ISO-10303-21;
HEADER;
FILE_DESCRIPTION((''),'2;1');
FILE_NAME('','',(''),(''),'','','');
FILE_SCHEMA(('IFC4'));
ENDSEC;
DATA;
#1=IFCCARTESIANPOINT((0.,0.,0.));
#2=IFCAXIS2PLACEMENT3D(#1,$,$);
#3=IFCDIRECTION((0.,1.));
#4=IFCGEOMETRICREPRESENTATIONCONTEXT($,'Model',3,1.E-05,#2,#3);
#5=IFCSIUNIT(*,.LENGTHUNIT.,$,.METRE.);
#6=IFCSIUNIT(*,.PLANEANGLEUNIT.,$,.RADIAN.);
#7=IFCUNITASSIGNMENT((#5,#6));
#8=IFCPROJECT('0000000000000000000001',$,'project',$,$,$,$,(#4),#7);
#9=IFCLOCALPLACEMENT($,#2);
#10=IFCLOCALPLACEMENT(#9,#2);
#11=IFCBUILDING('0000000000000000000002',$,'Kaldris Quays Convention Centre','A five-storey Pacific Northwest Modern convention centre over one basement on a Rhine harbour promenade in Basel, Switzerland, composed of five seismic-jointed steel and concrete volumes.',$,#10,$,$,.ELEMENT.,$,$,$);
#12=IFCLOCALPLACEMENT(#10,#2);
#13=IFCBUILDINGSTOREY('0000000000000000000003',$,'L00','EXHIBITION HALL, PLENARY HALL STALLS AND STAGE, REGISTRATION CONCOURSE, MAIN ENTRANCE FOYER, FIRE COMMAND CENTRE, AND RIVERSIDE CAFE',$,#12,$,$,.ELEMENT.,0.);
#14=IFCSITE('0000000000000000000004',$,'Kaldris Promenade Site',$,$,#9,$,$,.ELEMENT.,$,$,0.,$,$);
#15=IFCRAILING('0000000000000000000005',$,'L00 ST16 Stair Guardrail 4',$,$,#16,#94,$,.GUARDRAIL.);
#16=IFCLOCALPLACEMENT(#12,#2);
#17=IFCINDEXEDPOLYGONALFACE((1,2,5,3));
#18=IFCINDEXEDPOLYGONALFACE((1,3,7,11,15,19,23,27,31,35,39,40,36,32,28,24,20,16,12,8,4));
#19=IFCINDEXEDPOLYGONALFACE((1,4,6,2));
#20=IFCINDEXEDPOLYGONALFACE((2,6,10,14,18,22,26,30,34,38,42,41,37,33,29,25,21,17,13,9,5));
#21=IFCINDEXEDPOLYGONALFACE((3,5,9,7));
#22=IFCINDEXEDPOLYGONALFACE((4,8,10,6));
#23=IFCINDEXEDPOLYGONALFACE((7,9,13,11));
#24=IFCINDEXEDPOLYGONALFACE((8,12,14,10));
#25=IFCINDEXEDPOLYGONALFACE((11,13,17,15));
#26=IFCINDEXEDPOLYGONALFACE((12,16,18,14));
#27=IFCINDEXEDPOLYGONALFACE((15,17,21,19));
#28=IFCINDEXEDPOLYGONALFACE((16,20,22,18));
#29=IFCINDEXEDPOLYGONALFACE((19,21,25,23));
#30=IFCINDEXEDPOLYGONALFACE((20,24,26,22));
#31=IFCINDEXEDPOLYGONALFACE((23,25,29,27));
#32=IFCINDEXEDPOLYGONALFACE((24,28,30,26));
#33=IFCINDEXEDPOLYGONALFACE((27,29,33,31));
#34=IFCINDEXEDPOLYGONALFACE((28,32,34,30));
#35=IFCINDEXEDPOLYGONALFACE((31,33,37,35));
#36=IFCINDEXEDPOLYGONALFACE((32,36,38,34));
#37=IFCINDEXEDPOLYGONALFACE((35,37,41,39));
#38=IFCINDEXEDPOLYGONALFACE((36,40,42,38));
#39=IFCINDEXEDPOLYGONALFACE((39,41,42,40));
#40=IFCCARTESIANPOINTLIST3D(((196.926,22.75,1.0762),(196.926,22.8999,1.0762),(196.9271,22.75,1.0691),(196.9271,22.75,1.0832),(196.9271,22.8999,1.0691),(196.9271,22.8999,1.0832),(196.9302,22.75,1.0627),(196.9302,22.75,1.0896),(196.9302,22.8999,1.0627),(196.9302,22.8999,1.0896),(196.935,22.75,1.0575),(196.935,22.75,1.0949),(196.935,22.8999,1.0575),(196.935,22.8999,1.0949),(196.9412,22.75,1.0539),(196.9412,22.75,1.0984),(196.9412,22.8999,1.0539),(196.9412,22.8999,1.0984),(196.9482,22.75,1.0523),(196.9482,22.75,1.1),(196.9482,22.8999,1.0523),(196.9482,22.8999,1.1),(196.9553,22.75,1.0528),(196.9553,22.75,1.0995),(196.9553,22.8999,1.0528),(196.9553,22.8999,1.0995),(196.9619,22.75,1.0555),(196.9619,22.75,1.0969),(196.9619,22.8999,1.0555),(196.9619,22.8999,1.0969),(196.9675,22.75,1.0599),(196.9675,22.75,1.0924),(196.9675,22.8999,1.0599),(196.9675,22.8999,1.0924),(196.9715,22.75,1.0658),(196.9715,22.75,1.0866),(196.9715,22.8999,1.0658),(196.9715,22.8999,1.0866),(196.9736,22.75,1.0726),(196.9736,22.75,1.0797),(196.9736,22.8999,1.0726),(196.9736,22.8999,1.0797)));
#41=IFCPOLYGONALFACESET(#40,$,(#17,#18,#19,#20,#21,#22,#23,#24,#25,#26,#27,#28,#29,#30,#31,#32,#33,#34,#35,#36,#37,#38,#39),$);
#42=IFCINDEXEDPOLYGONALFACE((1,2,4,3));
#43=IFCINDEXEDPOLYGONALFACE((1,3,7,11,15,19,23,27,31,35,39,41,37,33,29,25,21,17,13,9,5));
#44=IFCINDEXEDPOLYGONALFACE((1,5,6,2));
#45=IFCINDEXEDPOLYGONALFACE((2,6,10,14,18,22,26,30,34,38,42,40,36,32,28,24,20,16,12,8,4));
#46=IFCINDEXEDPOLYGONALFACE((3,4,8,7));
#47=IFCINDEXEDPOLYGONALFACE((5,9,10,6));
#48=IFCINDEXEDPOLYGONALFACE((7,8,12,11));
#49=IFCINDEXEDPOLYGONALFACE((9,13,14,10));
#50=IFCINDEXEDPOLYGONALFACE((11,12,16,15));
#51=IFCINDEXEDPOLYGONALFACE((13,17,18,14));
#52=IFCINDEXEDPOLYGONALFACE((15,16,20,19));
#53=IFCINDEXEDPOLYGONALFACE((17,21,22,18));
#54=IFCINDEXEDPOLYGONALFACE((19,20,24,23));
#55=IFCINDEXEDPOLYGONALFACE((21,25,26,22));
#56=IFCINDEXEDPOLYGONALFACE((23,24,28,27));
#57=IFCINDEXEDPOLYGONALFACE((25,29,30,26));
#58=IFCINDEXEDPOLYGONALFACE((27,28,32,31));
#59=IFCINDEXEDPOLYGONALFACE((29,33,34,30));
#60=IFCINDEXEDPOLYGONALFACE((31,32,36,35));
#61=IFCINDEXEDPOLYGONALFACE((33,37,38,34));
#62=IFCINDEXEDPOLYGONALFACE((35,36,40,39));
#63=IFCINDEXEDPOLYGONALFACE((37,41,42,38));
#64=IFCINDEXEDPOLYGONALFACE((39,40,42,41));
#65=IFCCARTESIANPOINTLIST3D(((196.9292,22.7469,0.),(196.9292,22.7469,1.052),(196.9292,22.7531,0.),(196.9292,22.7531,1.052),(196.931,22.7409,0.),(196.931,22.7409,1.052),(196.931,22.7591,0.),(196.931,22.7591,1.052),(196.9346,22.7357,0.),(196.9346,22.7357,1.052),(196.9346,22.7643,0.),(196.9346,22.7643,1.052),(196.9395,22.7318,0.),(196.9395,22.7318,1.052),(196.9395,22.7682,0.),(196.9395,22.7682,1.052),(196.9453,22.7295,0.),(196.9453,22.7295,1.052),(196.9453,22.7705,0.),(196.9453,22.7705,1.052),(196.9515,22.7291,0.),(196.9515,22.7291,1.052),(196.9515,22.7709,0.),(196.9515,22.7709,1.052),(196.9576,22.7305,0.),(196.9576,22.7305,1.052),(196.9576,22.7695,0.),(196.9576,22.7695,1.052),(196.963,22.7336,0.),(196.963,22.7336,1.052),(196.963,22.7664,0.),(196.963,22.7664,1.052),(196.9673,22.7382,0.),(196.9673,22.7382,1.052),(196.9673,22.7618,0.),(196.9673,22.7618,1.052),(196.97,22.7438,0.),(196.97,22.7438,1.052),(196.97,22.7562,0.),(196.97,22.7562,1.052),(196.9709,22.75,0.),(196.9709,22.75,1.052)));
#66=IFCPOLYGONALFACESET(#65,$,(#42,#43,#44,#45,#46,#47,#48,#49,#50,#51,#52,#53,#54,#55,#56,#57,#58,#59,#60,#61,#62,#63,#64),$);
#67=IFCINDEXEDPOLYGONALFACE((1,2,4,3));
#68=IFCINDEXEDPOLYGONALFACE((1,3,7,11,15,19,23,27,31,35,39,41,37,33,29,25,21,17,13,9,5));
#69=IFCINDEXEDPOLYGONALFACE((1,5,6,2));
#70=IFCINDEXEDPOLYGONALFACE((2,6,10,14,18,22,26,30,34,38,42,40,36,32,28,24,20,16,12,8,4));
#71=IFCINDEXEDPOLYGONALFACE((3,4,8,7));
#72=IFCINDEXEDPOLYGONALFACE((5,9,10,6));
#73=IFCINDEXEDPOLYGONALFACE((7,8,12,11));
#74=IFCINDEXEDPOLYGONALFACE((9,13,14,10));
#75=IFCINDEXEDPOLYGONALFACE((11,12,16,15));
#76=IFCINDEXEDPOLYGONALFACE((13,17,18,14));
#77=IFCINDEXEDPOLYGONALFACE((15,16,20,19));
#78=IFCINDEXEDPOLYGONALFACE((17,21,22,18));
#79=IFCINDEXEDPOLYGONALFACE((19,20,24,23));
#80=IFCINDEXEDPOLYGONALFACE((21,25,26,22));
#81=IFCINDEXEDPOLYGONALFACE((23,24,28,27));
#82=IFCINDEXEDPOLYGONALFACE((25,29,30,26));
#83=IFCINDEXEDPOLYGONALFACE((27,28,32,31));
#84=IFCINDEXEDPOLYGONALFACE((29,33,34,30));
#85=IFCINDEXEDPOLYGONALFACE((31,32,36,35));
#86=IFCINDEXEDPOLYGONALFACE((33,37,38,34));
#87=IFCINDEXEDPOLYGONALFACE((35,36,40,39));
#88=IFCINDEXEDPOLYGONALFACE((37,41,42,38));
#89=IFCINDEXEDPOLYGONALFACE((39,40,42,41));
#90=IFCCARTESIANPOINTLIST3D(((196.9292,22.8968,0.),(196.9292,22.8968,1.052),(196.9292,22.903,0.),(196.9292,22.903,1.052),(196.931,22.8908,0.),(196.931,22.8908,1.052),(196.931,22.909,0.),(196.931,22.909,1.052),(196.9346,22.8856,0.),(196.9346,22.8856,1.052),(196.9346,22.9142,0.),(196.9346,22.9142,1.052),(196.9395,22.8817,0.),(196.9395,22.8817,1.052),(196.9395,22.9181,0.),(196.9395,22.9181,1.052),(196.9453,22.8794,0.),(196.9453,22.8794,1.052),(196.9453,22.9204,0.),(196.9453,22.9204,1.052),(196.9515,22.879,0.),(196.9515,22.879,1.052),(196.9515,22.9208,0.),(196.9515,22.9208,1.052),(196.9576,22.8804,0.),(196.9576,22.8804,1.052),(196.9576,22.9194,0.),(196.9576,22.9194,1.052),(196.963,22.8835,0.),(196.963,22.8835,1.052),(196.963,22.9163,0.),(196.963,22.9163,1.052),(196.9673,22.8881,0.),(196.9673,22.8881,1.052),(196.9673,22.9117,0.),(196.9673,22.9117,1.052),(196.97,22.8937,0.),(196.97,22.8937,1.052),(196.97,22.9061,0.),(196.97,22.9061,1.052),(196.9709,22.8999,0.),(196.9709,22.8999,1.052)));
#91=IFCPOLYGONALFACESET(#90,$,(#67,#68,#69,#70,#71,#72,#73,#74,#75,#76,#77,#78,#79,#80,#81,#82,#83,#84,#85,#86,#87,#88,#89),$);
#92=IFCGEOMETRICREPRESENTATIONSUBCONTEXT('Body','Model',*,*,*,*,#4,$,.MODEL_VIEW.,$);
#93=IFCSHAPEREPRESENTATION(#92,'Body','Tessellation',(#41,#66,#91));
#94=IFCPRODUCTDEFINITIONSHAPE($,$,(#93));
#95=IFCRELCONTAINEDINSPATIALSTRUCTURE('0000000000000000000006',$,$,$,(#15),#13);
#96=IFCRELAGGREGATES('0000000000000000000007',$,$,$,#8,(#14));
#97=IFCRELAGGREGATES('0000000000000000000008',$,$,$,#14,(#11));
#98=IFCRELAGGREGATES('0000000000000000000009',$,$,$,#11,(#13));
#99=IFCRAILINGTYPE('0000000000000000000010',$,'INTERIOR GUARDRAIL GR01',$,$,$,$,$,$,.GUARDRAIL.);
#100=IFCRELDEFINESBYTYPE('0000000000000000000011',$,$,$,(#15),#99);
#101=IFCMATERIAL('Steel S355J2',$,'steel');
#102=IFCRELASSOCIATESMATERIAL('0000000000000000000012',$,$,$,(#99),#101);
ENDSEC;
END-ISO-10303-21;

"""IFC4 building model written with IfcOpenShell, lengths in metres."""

from ifc_helpers import new_model, si_unit, direction, frame, origin, origin_2d, place, context, subcontext, project, spatial, circle, extrude, material, type_object, element, save


model = new_model("IFC4")

# Units and contexts
model_context = context("Model", 3, precision=1e-05, world=origin(), true_north=direction((0.0, 1.0)))
body_context = subcontext(model_context, "Body", "Model", "MODEL_VIEW")
ifc_project = project(units=[si_unit("LENGTHUNIT", "METRE"), si_unit("PLANEANGLEUNIT", "RADIAN")], contexts=[model_context])

# Site, building, storey
site_placement = place(None, origin())
site = spatial("IfcSite", under=ifc_project, at=site_placement, Name="Kaldris Promenade Site", CompositionType="ELEMENT", RefElevation=0.0)
building_placement = place(site_placement, origin())
building = spatial("IfcBuilding", under=site, at=building_placement, Name="Kaldris Quays Convention Centre", Description="A five-storey Pacific Northwest Modern convention centre over one basement on a Rhine harbour promenade in Basel, Switzerland, composed of five seismic-jointed steel and concrete volumes.", CompositionType="ELEMENT")
storey_placement = place(building_placement, origin())
storey = spatial("IfcBuildingStorey", under=building, at=storey_placement, Name="L00", Description="EXHIBITION HALL, PLENARY HALL STALLS AND STAGE, REGISTRATION CONCOURSE, MAIN ENTRANCE FOYER, FIRE COMMAND CENTRE, AND RIVERSIDE CAFE", CompositionType="ELEMENT", Elevation=0.0)

# Shared definitions
ifc_material_1 = material(Name="Steel S355J2", Category="steel")

# Railing
railing_type_1 = type_object("IfcRailingType", Name="INTERIOR GUARDRAIL GR01", PredefinedType="GUARDRAIL", material=ifc_material_1)
railing_1_placement = place(storey_placement, frame((196.95, 22.75, 0.0)))
element("IfcRailing", 1, at=railing_1_placement, inside=storey, type_object=railing_type_1, Name="L00 ST16 Stair Guardrail 4", PredefinedType="GUARDRAIL", context=body_context, shape_type="SweptSolid", body=[
    extrude(circle(Radius=0.0239, at=origin_2d()), frame((0.0, 0.0, 1.0762), z_axis=(0.0, 1.0, 0.0), x_axis=(-1.0, 0.0, 0.0)), (0.0, 0.0, 1.0), 0.1499),
    extrude(circle(Radius=0.021, at=origin_2d()), origin(), (0.0, 0.0, 1.0), 1.052),
    extrude(circle(Radius=0.021, at=origin_2d()), frame((0.0, 0.1499, 0.0)), (0.0, 0.0, 1.0), 1.052),
])

save(model, "model.ifc")
